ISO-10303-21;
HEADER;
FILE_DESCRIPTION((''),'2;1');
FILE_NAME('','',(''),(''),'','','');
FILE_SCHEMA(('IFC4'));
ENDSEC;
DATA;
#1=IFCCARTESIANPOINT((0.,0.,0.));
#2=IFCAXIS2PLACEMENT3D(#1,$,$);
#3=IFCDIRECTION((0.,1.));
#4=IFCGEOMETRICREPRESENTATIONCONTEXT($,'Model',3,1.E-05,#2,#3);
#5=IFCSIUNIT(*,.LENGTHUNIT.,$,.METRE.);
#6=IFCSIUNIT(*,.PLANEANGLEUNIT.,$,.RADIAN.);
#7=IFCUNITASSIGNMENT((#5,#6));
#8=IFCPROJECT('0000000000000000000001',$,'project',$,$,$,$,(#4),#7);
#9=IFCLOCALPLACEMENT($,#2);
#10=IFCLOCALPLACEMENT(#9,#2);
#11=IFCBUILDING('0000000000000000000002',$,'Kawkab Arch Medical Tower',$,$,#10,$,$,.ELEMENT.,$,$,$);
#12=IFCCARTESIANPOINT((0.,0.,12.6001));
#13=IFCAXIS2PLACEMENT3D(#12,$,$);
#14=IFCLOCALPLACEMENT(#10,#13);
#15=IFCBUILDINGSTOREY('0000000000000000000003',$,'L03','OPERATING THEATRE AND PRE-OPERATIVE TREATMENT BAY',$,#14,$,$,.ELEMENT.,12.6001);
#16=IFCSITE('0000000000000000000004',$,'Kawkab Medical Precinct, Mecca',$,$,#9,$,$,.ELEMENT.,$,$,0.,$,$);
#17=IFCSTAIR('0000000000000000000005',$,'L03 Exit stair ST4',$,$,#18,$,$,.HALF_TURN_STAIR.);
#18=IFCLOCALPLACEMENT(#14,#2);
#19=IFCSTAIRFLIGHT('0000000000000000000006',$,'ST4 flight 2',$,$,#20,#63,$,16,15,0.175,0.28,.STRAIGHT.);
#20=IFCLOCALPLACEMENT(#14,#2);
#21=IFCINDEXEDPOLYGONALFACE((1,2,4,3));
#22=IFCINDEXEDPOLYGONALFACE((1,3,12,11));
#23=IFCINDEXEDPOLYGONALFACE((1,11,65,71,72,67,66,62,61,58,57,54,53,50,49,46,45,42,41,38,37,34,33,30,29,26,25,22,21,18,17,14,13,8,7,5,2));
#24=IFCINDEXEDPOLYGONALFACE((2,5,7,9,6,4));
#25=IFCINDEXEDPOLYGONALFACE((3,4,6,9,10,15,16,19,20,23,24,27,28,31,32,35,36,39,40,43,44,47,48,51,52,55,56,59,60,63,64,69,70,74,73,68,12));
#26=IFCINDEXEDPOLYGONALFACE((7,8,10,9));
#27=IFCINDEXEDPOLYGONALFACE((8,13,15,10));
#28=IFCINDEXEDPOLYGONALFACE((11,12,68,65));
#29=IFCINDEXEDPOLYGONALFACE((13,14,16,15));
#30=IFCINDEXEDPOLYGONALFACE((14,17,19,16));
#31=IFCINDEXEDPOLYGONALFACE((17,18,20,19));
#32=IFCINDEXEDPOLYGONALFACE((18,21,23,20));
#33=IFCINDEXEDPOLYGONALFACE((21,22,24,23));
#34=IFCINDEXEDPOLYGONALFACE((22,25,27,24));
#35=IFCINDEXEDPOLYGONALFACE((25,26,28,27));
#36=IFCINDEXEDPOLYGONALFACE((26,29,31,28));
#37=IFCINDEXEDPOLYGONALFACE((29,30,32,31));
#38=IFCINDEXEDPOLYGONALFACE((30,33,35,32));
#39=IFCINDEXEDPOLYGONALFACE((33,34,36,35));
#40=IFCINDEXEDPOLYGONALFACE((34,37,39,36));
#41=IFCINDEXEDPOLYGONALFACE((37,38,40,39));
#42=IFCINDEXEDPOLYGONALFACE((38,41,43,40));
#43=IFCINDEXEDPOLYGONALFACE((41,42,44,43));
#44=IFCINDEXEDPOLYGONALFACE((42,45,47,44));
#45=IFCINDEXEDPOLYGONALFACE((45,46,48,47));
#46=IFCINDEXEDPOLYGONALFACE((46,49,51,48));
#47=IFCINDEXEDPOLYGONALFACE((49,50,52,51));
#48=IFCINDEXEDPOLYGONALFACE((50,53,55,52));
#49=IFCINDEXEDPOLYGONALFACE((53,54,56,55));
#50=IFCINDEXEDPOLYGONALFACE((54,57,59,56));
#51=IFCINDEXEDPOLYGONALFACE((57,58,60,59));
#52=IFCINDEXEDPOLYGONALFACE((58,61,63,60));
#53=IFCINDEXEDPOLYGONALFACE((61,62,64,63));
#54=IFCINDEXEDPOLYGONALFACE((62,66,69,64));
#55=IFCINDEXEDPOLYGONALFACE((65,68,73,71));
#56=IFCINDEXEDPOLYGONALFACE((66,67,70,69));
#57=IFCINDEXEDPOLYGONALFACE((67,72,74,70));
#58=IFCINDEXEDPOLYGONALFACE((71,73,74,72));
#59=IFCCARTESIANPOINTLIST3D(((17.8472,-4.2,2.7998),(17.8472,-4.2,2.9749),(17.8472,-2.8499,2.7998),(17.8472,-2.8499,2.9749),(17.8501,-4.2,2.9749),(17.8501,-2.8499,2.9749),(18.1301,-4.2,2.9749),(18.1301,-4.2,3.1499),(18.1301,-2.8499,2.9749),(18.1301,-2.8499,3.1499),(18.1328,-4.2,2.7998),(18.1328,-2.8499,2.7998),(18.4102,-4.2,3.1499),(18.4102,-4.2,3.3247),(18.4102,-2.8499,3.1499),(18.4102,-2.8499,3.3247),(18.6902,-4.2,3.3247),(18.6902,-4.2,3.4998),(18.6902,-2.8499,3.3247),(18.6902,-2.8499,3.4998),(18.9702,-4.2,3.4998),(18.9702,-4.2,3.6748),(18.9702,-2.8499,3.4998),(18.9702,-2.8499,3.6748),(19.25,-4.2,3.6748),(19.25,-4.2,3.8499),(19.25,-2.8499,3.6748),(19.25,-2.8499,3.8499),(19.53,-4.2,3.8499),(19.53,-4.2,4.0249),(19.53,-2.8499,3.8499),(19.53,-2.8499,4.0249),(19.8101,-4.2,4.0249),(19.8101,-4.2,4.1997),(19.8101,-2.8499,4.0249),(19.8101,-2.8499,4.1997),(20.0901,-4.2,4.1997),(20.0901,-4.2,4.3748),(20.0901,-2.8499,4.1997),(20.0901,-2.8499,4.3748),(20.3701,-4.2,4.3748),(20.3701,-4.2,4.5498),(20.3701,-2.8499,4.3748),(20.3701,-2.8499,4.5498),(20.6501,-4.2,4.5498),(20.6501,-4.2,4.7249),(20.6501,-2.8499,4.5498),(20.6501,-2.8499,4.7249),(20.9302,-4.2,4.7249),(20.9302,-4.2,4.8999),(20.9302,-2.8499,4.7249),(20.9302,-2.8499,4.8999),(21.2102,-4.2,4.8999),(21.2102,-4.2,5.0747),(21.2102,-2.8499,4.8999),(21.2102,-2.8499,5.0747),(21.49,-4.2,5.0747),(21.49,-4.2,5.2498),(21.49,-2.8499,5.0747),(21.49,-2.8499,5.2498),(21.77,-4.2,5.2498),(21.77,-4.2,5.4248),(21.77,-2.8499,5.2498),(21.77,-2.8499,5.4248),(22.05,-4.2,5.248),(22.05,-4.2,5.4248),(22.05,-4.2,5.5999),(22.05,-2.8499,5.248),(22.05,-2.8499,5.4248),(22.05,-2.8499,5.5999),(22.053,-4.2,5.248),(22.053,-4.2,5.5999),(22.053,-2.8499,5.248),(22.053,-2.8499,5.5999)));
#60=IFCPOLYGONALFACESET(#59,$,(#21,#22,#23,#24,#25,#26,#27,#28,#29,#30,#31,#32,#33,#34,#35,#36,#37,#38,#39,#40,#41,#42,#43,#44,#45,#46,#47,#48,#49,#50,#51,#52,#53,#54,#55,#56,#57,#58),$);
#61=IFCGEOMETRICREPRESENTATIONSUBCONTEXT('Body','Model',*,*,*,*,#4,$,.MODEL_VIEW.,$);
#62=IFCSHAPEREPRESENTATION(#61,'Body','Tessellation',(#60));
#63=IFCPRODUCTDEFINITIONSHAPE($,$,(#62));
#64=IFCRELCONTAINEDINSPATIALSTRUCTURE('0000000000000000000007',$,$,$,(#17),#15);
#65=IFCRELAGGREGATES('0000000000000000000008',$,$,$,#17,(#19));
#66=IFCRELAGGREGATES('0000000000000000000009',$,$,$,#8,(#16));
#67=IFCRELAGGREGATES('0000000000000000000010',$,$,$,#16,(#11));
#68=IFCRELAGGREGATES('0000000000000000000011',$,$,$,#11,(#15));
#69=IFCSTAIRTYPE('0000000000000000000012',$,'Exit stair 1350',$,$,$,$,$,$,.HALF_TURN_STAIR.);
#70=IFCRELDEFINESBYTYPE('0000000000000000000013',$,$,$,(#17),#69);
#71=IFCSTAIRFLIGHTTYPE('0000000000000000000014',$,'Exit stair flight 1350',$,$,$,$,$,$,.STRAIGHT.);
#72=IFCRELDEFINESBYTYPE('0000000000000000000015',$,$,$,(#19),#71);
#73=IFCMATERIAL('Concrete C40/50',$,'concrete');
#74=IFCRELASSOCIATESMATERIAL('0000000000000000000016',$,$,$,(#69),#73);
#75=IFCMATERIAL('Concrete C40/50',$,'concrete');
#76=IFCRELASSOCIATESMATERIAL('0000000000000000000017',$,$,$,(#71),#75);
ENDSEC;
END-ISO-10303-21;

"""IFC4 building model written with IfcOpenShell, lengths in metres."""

from ifc_helpers import new_model, si_unit, direction, frame, origin, place, context, subcontext, project, spatial, polyline, outline, extrude, material, type_object, element, aggregate, save


model = new_model("IFC4")

# Units and contexts
model_context = context("Model", 3, precision=1e-05, world=origin(), true_north=direction((0.0, 1.0)))
body_context = subcontext(model_context, "Body", "Model", "MODEL_VIEW")
ifc_project = project(units=[si_unit("LENGTHUNIT", "METRE"), si_unit("PLANEANGLEUNIT", "RADIAN")], contexts=[model_context])

# Site, building, storey
site_placement = place(None, origin())
site = spatial("IfcSite", under=ifc_project, at=site_placement, Name="Kawkab Medical Precinct, Mecca", CompositionType="ELEMENT", RefElevation=0.0)
building_placement = place(site_placement, origin())
building = spatial("IfcBuilding", under=site, at=building_placement, Name="Kawkab Arch Medical Tower", CompositionType="ELEMENT")
storey_placement = place(building_placement, frame((0.0, 0.0, 12.6001)))
storey = spatial("IfcBuildingStorey", under=building, at=storey_placement, Name="L03", Description="OPERATING THEATRE AND PRE-OPERATIVE TREATMENT BAY", CompositionType="ELEMENT", Elevation=12.6001)

# Shared definitions
ifc_material_1 = material(Name="Concrete C40/50", Category="concrete")
stair_type = type_object("IfcStairType", Name="Exit stair 1350", PredefinedType="HALF_TURN_STAIR", material=ifc_material_1)
placement = place(storey_placement, origin())
ifc_material_2 = material(Name="Concrete C40/50", Category="concrete")
stair_flight_type = type_object("IfcStairFlightType", Name="Exit stair flight 1350", PredefinedType="STRAIGHT", material=ifc_material_2)

# Stair, stair flight
stair_1 = element("IfcStair", 1, at=placement, inside=storey, type_object=stair_type, Name="L03 Exit stair ST4", PredefinedType="HALF_TURN_STAIR")
stair_flight_1_placement = place(storey_placement, frame((17.8501, -3.5249, 2.7998), z_axis=(0.0, 0.0, 1.0), x_axis=(1.0, 0.0, 0.0)))
stair_flight_1 = element("IfcStairFlight", 2, at=stair_flight_1_placement, type_object=stair_flight_type, Name="ST4 flight 2", NumberOfRisers=16, NumberOfTreads=15, PredefinedType="STRAIGHT", RiserHeight=0.175, TreadLength=0.28, context=body_context, shape_type="SweptSolid", body=[
    extrude(outline(polyline([(-0.0029, 0.0), (-0.0029, 0.175), (0.0, 0.175), (0.28, 0.175), (0.28, 0.3501), (0.5601, 0.3501), (0.5601, 0.5249), (0.8401, 0.5249), (0.8401, 0.7), (1.1201, 0.7), (1.1201, 0.875), (1.3999, 0.875), (1.3999, 1.05), (1.6799, 1.05), (1.6799, 1.2251), (1.96, 1.2251), (1.96, 1.3999), (2.24, 1.3999), (2.24, 1.575), (2.52, 1.575), (2.52, 1.75), (2.8, 1.75), (2.8, 1.925), (3.0801, 1.925), (3.0801, 2.1001), (3.3601, 2.1001), (3.3601, 2.2749), (3.6399, 2.2749), (3.6399, 2.45), (3.9199, 2.45), (3.9199, 2.625), (4.2, 2.625), (4.2, 2.8), (4.2029, 2.8), (4.2029, 2.4482), (4.2, 2.4482), (0.2827, 0.0), (-0.0029, 0.0)])), frame((0.0, 0.675, 0.0), z_axis=(0.0, -1.0, 0.0), x_axis=(1.0, 0.0, 0.0)), (0.0, 0.0, 1.0), 1.3501),
])
aggregate(stair_1, [stair_flight_1])

save(model, "model.ifc")
